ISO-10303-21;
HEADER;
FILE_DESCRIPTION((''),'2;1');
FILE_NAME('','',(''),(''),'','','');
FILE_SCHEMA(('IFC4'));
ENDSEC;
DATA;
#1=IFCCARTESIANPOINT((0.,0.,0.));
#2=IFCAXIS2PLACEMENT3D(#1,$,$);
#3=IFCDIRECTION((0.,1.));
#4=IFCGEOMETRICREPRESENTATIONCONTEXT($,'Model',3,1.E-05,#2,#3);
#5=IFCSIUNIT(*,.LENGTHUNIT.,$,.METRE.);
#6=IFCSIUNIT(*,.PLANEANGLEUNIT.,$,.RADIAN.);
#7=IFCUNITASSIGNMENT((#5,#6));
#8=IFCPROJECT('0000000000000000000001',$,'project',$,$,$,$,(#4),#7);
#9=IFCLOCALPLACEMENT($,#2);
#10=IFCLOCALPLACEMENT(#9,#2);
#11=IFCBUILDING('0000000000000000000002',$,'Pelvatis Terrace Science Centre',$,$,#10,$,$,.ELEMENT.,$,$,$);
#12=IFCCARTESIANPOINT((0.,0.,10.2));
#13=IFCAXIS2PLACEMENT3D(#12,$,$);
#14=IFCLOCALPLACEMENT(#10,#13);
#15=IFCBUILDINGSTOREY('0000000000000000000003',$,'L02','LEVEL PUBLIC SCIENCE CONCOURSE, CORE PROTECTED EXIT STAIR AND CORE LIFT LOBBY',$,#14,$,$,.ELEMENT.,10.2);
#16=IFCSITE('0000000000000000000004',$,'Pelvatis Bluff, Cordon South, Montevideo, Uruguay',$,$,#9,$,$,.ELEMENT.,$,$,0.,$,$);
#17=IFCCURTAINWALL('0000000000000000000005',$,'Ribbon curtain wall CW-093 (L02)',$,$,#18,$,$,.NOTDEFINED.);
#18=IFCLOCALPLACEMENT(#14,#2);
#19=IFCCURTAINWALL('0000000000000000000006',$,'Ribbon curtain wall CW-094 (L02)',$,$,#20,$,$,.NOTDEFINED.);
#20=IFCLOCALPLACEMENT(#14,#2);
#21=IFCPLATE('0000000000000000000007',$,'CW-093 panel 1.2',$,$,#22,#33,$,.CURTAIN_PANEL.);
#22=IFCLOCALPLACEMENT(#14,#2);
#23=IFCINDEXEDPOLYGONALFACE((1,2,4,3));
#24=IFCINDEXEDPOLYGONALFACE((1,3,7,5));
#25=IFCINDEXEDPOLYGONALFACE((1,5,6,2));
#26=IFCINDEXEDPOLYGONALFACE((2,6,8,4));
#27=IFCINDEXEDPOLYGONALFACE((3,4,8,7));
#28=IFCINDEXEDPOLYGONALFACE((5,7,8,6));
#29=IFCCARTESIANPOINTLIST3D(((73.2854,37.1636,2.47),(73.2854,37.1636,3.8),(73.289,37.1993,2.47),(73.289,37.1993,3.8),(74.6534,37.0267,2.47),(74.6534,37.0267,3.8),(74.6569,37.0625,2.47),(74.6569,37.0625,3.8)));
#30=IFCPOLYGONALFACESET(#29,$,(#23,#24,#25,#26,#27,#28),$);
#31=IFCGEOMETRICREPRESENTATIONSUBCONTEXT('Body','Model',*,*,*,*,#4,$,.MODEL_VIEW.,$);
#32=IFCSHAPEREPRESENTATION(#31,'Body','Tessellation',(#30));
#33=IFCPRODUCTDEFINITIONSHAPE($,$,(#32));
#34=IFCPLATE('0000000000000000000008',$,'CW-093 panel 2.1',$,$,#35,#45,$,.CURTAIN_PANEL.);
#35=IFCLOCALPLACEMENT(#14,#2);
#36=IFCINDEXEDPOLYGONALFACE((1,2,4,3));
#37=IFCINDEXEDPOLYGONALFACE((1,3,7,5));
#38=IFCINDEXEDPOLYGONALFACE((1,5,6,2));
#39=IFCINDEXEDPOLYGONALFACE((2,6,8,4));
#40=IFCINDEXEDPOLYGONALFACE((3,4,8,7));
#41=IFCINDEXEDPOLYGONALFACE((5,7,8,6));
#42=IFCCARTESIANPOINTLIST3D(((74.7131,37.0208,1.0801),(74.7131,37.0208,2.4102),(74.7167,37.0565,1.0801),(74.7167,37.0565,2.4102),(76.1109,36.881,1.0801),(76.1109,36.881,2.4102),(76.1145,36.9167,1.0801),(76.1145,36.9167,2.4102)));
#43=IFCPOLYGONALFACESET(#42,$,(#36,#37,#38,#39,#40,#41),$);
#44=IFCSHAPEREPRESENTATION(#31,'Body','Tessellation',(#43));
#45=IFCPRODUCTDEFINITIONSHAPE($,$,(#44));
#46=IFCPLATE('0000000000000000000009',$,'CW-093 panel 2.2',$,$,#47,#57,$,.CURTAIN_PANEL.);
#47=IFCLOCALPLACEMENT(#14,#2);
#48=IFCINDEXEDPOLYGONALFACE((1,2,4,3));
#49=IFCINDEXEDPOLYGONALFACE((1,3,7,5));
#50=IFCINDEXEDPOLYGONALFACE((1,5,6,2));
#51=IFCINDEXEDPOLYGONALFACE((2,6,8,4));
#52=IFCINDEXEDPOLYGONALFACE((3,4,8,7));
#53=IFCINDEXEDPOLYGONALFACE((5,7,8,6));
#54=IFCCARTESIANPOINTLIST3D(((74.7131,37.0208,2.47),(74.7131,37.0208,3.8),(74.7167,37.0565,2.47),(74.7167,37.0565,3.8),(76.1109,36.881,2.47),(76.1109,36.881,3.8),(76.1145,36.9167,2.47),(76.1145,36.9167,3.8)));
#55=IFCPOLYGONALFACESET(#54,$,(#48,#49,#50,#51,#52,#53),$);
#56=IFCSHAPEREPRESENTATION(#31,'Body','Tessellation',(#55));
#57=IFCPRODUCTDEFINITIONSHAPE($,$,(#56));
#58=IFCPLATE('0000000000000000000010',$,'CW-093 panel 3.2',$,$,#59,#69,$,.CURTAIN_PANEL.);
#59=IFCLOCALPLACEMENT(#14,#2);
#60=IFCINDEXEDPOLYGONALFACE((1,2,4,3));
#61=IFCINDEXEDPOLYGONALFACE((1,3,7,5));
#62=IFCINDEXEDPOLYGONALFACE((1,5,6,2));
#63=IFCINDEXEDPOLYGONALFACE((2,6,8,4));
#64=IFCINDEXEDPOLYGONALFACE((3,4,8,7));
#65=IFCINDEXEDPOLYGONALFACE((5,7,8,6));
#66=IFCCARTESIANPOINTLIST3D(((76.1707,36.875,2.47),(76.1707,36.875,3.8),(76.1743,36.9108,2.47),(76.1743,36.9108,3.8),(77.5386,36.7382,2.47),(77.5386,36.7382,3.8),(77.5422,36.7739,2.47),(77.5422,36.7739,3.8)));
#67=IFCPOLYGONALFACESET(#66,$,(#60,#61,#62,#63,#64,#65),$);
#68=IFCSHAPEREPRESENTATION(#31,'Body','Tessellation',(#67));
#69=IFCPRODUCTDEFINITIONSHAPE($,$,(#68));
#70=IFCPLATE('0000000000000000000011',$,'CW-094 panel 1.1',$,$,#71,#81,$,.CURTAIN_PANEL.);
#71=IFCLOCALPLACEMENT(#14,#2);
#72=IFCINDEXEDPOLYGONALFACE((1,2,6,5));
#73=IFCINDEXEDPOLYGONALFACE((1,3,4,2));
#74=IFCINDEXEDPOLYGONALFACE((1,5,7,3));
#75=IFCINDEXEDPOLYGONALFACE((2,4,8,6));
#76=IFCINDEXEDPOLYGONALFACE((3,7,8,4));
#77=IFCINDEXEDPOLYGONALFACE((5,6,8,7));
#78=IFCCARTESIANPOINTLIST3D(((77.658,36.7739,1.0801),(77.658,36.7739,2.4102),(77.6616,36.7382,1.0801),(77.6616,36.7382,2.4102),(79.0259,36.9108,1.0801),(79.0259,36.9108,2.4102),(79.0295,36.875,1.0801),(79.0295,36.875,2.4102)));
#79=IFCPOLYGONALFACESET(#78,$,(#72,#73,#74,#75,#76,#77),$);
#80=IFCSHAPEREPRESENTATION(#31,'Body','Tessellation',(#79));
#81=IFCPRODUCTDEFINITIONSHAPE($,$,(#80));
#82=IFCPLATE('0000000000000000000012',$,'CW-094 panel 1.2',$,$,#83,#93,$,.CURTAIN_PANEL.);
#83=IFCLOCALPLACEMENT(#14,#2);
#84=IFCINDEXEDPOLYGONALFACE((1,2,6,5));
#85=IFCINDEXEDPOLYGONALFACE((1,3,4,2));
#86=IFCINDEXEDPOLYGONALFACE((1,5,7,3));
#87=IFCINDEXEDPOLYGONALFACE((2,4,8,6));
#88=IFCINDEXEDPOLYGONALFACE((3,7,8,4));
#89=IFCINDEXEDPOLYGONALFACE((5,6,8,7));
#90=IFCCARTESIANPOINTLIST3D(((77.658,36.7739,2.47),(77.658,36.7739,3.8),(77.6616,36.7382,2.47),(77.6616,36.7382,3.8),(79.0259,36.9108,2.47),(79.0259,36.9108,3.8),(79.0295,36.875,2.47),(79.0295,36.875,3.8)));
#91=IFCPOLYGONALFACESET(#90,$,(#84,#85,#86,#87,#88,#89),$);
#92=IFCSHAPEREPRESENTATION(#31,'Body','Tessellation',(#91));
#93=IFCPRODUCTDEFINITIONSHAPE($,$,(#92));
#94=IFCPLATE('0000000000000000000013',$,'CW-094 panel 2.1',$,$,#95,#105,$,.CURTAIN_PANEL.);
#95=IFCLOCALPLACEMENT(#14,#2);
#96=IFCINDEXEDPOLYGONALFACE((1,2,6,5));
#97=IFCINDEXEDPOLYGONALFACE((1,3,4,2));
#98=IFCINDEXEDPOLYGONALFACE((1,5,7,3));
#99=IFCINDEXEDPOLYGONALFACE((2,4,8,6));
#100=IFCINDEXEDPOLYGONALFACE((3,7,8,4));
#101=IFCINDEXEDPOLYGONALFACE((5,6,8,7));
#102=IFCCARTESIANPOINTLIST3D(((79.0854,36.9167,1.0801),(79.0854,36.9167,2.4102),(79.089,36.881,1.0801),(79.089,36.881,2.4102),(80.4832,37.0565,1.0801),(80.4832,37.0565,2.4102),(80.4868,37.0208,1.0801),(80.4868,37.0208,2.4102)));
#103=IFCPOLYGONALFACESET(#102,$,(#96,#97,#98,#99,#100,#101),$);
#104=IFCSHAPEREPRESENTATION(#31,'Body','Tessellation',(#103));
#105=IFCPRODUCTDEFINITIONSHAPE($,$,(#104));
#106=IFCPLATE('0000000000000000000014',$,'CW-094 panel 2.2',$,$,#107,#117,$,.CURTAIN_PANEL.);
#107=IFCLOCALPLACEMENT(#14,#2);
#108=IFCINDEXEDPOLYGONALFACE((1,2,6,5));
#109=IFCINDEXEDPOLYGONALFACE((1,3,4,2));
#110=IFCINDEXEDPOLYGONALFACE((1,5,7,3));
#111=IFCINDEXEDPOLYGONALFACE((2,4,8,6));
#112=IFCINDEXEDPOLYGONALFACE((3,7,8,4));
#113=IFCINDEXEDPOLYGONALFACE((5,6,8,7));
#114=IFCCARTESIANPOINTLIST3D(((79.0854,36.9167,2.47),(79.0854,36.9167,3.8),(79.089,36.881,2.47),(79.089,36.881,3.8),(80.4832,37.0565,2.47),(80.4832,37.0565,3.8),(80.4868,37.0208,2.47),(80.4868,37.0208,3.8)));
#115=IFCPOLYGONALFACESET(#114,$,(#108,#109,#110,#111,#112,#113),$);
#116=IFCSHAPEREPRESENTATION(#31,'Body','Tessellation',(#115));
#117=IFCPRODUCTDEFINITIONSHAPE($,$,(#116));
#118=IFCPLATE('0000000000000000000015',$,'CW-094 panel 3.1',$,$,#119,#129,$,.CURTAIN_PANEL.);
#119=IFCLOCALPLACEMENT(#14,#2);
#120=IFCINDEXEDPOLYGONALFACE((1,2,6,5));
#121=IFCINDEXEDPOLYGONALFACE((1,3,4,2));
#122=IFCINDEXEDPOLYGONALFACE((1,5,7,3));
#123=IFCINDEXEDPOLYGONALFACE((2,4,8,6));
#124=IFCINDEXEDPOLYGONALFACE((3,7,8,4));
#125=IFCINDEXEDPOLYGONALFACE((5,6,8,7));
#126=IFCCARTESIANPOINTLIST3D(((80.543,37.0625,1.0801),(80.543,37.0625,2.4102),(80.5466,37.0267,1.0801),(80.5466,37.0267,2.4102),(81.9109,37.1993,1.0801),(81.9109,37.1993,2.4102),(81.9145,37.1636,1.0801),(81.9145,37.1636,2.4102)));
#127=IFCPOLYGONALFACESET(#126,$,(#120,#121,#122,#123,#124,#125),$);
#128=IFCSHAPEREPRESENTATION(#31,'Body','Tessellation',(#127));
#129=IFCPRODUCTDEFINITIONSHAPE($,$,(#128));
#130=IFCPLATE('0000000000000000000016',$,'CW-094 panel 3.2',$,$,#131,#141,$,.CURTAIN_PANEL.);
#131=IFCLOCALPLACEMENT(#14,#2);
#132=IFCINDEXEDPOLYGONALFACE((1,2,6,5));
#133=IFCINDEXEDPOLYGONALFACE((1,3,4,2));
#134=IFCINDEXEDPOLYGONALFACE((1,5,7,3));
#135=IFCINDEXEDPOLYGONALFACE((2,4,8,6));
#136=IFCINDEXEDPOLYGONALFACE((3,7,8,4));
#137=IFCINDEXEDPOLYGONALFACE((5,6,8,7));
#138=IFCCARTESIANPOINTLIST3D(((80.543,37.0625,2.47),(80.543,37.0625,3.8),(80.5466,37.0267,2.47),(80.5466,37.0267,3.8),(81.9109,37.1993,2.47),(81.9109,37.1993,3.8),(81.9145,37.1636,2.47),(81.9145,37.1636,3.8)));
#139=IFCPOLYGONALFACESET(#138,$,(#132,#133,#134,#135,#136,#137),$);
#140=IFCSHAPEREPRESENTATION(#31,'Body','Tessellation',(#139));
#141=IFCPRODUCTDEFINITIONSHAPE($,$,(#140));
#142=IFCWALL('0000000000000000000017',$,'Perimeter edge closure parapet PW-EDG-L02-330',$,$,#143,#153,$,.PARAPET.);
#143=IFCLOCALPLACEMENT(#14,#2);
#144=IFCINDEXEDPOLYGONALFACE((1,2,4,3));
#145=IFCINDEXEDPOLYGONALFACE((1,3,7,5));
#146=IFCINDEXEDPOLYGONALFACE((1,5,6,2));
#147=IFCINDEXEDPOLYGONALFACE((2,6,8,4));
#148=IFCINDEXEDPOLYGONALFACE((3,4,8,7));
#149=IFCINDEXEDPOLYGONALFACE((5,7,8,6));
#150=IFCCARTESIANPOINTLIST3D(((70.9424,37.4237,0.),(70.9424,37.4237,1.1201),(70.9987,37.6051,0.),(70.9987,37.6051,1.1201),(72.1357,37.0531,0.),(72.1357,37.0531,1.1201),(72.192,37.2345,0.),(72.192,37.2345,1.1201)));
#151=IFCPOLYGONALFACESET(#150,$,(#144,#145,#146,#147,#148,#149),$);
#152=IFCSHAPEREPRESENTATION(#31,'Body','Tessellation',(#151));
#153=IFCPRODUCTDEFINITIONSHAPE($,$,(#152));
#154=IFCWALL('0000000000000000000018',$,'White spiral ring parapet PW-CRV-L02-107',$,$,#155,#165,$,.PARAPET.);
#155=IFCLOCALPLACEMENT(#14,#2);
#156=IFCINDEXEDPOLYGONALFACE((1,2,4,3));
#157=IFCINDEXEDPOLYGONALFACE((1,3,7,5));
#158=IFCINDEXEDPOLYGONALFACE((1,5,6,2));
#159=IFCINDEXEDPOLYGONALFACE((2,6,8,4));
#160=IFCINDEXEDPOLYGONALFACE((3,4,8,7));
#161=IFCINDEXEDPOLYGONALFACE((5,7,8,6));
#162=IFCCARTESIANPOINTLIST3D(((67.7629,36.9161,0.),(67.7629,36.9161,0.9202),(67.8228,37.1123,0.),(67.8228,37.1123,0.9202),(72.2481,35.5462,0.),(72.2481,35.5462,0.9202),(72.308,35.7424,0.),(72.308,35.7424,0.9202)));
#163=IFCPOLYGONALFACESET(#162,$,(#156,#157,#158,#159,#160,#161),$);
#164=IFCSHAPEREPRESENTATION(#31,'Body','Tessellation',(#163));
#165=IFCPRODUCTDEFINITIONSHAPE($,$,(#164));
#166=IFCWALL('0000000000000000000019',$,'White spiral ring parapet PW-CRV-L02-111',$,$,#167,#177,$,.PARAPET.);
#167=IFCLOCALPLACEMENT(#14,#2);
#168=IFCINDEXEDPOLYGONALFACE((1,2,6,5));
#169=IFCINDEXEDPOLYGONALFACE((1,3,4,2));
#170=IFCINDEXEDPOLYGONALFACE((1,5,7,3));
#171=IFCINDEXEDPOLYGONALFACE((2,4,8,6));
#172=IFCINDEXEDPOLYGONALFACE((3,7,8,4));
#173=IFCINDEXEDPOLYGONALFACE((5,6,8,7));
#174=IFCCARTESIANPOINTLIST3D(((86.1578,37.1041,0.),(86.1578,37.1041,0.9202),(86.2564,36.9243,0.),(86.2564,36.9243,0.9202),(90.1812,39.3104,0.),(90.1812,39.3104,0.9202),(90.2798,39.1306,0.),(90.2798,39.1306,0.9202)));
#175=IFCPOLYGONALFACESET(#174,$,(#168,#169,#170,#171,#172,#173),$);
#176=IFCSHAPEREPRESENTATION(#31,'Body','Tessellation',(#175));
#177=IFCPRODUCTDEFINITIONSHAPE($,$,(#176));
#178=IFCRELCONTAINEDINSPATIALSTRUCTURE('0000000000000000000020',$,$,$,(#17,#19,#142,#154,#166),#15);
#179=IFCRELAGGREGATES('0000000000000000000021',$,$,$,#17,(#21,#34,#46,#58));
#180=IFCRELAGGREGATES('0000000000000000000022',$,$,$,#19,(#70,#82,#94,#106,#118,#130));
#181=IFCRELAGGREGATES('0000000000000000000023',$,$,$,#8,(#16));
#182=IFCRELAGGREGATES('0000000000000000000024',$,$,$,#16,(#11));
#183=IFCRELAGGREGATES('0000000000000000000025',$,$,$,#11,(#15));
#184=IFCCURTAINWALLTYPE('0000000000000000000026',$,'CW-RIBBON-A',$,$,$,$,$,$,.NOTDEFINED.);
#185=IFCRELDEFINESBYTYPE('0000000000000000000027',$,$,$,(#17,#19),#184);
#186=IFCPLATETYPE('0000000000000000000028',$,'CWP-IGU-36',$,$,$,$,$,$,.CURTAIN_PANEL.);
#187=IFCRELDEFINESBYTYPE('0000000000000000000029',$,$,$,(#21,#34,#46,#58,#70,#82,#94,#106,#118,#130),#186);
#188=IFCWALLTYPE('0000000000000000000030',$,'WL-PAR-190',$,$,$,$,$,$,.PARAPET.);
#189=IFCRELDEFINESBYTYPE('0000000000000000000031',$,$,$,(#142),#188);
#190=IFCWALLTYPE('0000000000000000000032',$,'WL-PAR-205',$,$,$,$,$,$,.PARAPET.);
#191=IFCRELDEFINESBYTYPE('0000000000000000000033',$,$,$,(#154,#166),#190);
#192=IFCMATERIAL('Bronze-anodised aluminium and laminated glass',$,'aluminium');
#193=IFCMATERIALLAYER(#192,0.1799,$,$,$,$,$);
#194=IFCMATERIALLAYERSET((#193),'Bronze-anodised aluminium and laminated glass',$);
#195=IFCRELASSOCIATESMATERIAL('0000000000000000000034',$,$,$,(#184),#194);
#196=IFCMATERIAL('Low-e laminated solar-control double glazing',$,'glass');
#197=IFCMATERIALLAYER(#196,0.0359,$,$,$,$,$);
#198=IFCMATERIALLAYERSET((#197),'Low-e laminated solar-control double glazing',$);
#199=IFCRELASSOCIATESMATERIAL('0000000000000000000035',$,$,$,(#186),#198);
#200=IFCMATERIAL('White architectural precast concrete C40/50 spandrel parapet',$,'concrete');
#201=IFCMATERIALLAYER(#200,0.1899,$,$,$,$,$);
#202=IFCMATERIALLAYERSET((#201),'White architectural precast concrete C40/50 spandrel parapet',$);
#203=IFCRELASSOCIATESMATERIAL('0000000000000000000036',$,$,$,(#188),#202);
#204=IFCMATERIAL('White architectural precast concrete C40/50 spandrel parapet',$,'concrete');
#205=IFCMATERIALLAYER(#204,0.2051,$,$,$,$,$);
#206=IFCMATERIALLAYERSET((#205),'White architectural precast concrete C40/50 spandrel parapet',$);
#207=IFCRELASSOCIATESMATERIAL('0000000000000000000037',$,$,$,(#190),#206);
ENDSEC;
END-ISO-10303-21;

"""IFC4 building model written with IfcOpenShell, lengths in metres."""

from ifc_helpers import new_model, si_unit, direction, frame, frame_2d, origin, origin_2d, place, context, subcontext, project, spatial, rectangle, extrude, material, layer, layer_set, type_object, element, aggregate, save


model = new_model("IFC4")

# Units and contexts
model_context = context("Model", 3, precision=1e-05, world=origin(), true_north=direction((0.0, 1.0)))
body_context = subcontext(model_context, "Body", "Model", "MODEL_VIEW")
ifc_project = project(units=[si_unit("LENGTHUNIT", "METRE"), si_unit("PLANEANGLEUNIT", "RADIAN")], contexts=[model_context])

# Site, building, storey
site_placement = place(None, origin())
site = spatial("IfcSite", under=ifc_project, at=site_placement, Name="Pelvatis Bluff, Cordon South, Montevideo, Uruguay", CompositionType="ELEMENT", RefElevation=0.0)
building_placement = place(site_placement, origin())
building = spatial("IfcBuilding", under=site, at=building_placement, Name="Pelvatis Terrace Science Centre", CompositionType="ELEMENT")
storey_placement = place(building_placement, frame((0.0, 0.0, 10.2)))
storey = spatial("IfcBuildingStorey", under=building, at=storey_placement, Name="L02", Description="LEVEL PUBLIC SCIENCE CONCOURSE, CORE PROTECTED EXIT STAIR AND CORE LIFT LOBBY", CompositionType="ELEMENT", Elevation=10.2)

# Curtain walls
ifc_material_1 = material(Name="Bronze-anodised aluminium and laminated glass", Category="aluminium")
ifc_layer_1 = layer(ifc_material_1, 0.1799)
ifc_layer_set_1 = layer_set([ifc_layer_1], Name="Bronze-anodised aluminium and laminated glass")
curtain_wall_type = type_object("IfcCurtainWallType", Name="CW-RIBBON-A", PredefinedType="NOTDEFINED", material=ifc_layer_set_1)
curtain_wall_1_placement = place(storey_placement, origin())
curtain_wall_1 = element("IfcCurtainWall", 1, at=curtain_wall_1_placement, inside=storey, type_object=curtain_wall_type, Name="Ribbon curtain wall CW-093 (L02)", PredefinedType="NOTDEFINED")
curtain_wall_2_placement = place(storey_placement, origin())
curtain_wall_2 = element("IfcCurtainWall", 2, at=curtain_wall_2_placement, inside=storey, type_object=curtain_wall_type, Name="Ribbon curtain wall CW-094 (L02)", PredefinedType="NOTDEFINED")

# Plates
ifc_material_2 = material(Name="Low-e laminated solar-control double glazing", Category="glass")
ifc_layer_2 = layer(ifc_material_2, 0.0359)
ifc_layer_set_2 = layer_set([ifc_layer_2], Name="Low-e laminated solar-control double glazing")
plate_type = type_object("IfcPlateType", Name="CWP-IGU-36", PredefinedType="CURTAIN_PANEL", material=ifc_layer_set_2)
plate_1_placement = place(storey_placement, frame((73.9712, 37.113, 2.47), z_axis=(0.0, 0.0, 1.0), x_axis=(0.995032, -0.09956, 0.0)))
plate_1 = element("IfcPlate", 3, at=plate_1_placement, type_object=plate_type, Name="CW-093 panel 1.2", PredefinedType="CURTAIN_PANEL", context=body_context, shape_type="SweptSolid", body=[
    extrude(rectangle(XDim=1.3748, YDim=0.0359, at=origin_2d()), origin(), (0.0, 0.0, 1.0), 1.3301),
])
plate_2_placement = place(storey_placement, frame((75.4138, 36.9688, 1.0801), z_axis=(0.0, 0.0, 1.0), x_axis=(0.995032, -0.09956, 0.0)))
plate_2 = element("IfcPlate", 4, at=plate_2_placement, type_object=plate_type, Name="CW-093 panel 2.1", PredefinedType="CURTAIN_PANEL", context=body_context, shape_type="SweptSolid", body=[
    extrude(rectangle(XDim=1.4048, YDim=0.0359, at=origin_2d()), origin(), (0.0, 0.0, 1.0), 1.3301),
])
plate_3_placement = place(storey_placement, frame((75.4138, 36.9688, 2.47), z_axis=(0.0, 0.0, 1.0), x_axis=(0.995032, -0.09956, 0.0)))
plate_3 = element("IfcPlate", 5, at=plate_3_placement, type_object=plate_type, Name="CW-093 panel 2.2", PredefinedType="CURTAIN_PANEL", context=body_context, shape_type="SweptSolid", body=[
    extrude(rectangle(XDim=1.4048, YDim=0.0359, at=origin_2d()), origin(), (0.0, 0.0, 1.0), 1.3301),
])
plate_4_placement = place(storey_placement, frame((76.8564, 36.8245, 2.47), z_axis=(0.0, 0.0, 1.0), x_axis=(0.995032, -0.09956, 0.0)))
plate_4 = element("IfcPlate", 6, at=plate_4_placement, type_object=plate_type, Name="CW-093 panel 3.2", PredefinedType="CURTAIN_PANEL", context=body_context, shape_type="SweptSolid", body=[
    extrude(rectangle(XDim=1.3748, YDim=0.0359, at=origin_2d()), origin(), (0.0, 0.0, 1.0), 1.3301),
])
aggregate(curtain_wall_1, [plate_1, plate_2, plate_3, plate_4])
plate_5_placement = place(storey_placement, frame((78.3438, 36.8245, 1.0801), z_axis=(0.0, 0.0, 1.0), x_axis=(0.995032, 0.09956, 0.0)))
plate_5 = element("IfcPlate", 7, at=plate_5_placement, type_object=plate_type, Name="CW-094 panel 1.1", PredefinedType="CURTAIN_PANEL", context=body_context, shape_type="SweptSolid", body=[
    extrude(rectangle(XDim=1.3748, YDim=0.0359, at=origin_2d()), origin(), (0.0, 0.0, 1.0), 1.3301),
])
plate_6_placement = place(storey_placement, frame((78.3438, 36.8245, 2.47), z_axis=(0.0, 0.0, 1.0), x_axis=(0.995032, 0.09956, 0.0)))
plate_6 = element("IfcPlate", 8, at=plate_6_placement, type_object=plate_type, Name="CW-094 panel 1.2", PredefinedType="CURTAIN_PANEL", context=body_context, shape_type="SweptSolid", body=[
    extrude(rectangle(XDim=1.3748, YDim=0.0359, at=origin_2d()), origin(), (0.0, 0.0, 1.0), 1.3301),
])
plate_7_placement = place(storey_placement, frame((79.7861, 36.9688, 1.0801), z_axis=(0.0, 0.0, 1.0), x_axis=(0.995032, 0.09956, 0.0)))
plate_7 = element("IfcPlate", 9, at=plate_7_placement, type_object=plate_type, Name="CW-094 panel 2.1", PredefinedType="CURTAIN_PANEL", context=body_context, shape_type="SweptSolid", body=[
    extrude(rectangle(XDim=1.4048, YDim=0.0359, at=origin_2d()), origin(), (0.0, 0.0, 1.0), 1.3301),
])
plate_8_placement = place(storey_placement, frame((79.7861, 36.9688, 2.47), z_axis=(0.0, 0.0, 1.0), x_axis=(0.995032, 0.09956, 0.0)))
plate_8 = element("IfcPlate", 10, at=plate_8_placement, type_object=plate_type, Name="CW-094 panel 2.2", PredefinedType="CURTAIN_PANEL", context=body_context, shape_type="SweptSolid", body=[
    extrude(rectangle(XDim=1.4048, YDim=0.0359, at=origin_2d()), origin(), (0.0, 0.0, 1.0), 1.3301),
])
plate_9_placement = place(storey_placement, frame((81.2288, 37.113, 1.0801), z_axis=(0.0, 0.0, 1.0), x_axis=(0.995032, 0.09956, 0.0)))
plate_9 = element("IfcPlate", 11, at=plate_9_placement, type_object=plate_type, Name="CW-094 panel 3.1", PredefinedType="CURTAIN_PANEL", context=body_context, shape_type="SweptSolid", body=[
    extrude(rectangle(XDim=1.3748, YDim=0.0359, at=origin_2d()), origin(), (0.0, 0.0, 1.0), 1.3301),
])
plate_10_placement = place(storey_placement, frame((81.2288, 37.113, 2.47), z_axis=(0.0, 0.0, 1.0), x_axis=(0.995032, 0.09956, 0.0)))
plate_10 = element("IfcPlate", 12, at=plate_10_placement, type_object=plate_type, Name="CW-094 panel 3.2", PredefinedType="CURTAIN_PANEL", context=body_context, shape_type="SweptSolid", body=[
    extrude(rectangle(XDim=1.3748, YDim=0.0359, at=origin_2d()), origin(), (0.0, 0.0, 1.0), 1.3301),
])
aggregate(curtain_wall_2, [plate_5, plate_6, plate_7, plate_8, plate_9, plate_10])

# Walls
ifc_material_3 = material(Name="White architectural precast concrete C40/50 spandrel parapet", Category="concrete")
ifc_layer_3 = layer(ifc_material_3, 0.1899)
ifc_layer_set_3 = layer_set([ifc_layer_3], Name="White architectural precast concrete C40/50 spandrel parapet")
wall_type_1 = type_object("IfcWallType", Name="WL-PAR-190", PredefinedType="PARAPET", material=ifc_layer_set_3)
wall_1_placement = place(storey_placement, frame((72.1638, 37.1438, 0.0), z_axis=(0.0, 0.0, 1.0), x_axis=(-0.955007, 0.296584, 0.0)))
element("IfcWall", 13, at=wall_1_placement, inside=storey, type_object=wall_type_1, Name="Perimeter edge closure parapet PW-EDG-L02-330", PredefinedType="PARAPET", context=body_context, shape_type="SweptSolid", body=[
    extrude(rectangle(XDim=1.2495, YDim=0.1899, at=frame_2d((0.6248, 0.0))), origin(), (0.0, 0.0, 1.0), 1.1201),
])
ifc_material_4 = material(Name="White architectural precast concrete C40/50 spandrel parapet", Category="concrete")
ifc_layer_4 = layer(ifc_material_4, 0.2051)
ifc_layer_set_4 = layer_set([ifc_layer_4], Name="White architectural precast concrete C40/50 spandrel parapet")
wall_type_2 = type_object("IfcWallType", Name="WL-PAR-205", PredefinedType="PARAPET", material=ifc_layer_set_4)
wall_2_placement = place(storey_placement, frame((67.793, 37.0142, 0.0), z_axis=(0.0, 0.0, 1.0), x_axis=(0.956386, -0.292106, 0.0)))
element("IfcWall", 14, at=wall_2_placement, inside=storey, type_object=wall_type_2, Name="White spiral ring parapet PW-CRV-L02-107", PredefinedType="PARAPET", context=body_context, shape_type="SweptSolid", body=[
    extrude(rectangle(XDim=4.6897, YDim=0.2051, at=frame_2d((2.3447, 0.0))), origin(), (0.0, 0.0, 1.0), 0.9202),
])
wall_3_placement = place(storey_placement, frame((86.207, 37.0142, 0.0), z_axis=(0.0, 0.0, 1.0), x_axis=(0.876822, 0.480815, 0.0)))
element("IfcWall", 15, at=wall_3_placement, inside=storey, type_object=wall_type_2, Name="White spiral ring parapet PW-CRV-L02-111", PredefinedType="PARAPET", context=body_context, shape_type="SweptSolid", body=[
    extrude(rectangle(XDim=4.5886, YDim=0.2051, at=frame_2d((2.2944, 0.0))), origin(), (0.0, 0.0, 1.0), 0.9202),
])

save(model, "model.ifc")
